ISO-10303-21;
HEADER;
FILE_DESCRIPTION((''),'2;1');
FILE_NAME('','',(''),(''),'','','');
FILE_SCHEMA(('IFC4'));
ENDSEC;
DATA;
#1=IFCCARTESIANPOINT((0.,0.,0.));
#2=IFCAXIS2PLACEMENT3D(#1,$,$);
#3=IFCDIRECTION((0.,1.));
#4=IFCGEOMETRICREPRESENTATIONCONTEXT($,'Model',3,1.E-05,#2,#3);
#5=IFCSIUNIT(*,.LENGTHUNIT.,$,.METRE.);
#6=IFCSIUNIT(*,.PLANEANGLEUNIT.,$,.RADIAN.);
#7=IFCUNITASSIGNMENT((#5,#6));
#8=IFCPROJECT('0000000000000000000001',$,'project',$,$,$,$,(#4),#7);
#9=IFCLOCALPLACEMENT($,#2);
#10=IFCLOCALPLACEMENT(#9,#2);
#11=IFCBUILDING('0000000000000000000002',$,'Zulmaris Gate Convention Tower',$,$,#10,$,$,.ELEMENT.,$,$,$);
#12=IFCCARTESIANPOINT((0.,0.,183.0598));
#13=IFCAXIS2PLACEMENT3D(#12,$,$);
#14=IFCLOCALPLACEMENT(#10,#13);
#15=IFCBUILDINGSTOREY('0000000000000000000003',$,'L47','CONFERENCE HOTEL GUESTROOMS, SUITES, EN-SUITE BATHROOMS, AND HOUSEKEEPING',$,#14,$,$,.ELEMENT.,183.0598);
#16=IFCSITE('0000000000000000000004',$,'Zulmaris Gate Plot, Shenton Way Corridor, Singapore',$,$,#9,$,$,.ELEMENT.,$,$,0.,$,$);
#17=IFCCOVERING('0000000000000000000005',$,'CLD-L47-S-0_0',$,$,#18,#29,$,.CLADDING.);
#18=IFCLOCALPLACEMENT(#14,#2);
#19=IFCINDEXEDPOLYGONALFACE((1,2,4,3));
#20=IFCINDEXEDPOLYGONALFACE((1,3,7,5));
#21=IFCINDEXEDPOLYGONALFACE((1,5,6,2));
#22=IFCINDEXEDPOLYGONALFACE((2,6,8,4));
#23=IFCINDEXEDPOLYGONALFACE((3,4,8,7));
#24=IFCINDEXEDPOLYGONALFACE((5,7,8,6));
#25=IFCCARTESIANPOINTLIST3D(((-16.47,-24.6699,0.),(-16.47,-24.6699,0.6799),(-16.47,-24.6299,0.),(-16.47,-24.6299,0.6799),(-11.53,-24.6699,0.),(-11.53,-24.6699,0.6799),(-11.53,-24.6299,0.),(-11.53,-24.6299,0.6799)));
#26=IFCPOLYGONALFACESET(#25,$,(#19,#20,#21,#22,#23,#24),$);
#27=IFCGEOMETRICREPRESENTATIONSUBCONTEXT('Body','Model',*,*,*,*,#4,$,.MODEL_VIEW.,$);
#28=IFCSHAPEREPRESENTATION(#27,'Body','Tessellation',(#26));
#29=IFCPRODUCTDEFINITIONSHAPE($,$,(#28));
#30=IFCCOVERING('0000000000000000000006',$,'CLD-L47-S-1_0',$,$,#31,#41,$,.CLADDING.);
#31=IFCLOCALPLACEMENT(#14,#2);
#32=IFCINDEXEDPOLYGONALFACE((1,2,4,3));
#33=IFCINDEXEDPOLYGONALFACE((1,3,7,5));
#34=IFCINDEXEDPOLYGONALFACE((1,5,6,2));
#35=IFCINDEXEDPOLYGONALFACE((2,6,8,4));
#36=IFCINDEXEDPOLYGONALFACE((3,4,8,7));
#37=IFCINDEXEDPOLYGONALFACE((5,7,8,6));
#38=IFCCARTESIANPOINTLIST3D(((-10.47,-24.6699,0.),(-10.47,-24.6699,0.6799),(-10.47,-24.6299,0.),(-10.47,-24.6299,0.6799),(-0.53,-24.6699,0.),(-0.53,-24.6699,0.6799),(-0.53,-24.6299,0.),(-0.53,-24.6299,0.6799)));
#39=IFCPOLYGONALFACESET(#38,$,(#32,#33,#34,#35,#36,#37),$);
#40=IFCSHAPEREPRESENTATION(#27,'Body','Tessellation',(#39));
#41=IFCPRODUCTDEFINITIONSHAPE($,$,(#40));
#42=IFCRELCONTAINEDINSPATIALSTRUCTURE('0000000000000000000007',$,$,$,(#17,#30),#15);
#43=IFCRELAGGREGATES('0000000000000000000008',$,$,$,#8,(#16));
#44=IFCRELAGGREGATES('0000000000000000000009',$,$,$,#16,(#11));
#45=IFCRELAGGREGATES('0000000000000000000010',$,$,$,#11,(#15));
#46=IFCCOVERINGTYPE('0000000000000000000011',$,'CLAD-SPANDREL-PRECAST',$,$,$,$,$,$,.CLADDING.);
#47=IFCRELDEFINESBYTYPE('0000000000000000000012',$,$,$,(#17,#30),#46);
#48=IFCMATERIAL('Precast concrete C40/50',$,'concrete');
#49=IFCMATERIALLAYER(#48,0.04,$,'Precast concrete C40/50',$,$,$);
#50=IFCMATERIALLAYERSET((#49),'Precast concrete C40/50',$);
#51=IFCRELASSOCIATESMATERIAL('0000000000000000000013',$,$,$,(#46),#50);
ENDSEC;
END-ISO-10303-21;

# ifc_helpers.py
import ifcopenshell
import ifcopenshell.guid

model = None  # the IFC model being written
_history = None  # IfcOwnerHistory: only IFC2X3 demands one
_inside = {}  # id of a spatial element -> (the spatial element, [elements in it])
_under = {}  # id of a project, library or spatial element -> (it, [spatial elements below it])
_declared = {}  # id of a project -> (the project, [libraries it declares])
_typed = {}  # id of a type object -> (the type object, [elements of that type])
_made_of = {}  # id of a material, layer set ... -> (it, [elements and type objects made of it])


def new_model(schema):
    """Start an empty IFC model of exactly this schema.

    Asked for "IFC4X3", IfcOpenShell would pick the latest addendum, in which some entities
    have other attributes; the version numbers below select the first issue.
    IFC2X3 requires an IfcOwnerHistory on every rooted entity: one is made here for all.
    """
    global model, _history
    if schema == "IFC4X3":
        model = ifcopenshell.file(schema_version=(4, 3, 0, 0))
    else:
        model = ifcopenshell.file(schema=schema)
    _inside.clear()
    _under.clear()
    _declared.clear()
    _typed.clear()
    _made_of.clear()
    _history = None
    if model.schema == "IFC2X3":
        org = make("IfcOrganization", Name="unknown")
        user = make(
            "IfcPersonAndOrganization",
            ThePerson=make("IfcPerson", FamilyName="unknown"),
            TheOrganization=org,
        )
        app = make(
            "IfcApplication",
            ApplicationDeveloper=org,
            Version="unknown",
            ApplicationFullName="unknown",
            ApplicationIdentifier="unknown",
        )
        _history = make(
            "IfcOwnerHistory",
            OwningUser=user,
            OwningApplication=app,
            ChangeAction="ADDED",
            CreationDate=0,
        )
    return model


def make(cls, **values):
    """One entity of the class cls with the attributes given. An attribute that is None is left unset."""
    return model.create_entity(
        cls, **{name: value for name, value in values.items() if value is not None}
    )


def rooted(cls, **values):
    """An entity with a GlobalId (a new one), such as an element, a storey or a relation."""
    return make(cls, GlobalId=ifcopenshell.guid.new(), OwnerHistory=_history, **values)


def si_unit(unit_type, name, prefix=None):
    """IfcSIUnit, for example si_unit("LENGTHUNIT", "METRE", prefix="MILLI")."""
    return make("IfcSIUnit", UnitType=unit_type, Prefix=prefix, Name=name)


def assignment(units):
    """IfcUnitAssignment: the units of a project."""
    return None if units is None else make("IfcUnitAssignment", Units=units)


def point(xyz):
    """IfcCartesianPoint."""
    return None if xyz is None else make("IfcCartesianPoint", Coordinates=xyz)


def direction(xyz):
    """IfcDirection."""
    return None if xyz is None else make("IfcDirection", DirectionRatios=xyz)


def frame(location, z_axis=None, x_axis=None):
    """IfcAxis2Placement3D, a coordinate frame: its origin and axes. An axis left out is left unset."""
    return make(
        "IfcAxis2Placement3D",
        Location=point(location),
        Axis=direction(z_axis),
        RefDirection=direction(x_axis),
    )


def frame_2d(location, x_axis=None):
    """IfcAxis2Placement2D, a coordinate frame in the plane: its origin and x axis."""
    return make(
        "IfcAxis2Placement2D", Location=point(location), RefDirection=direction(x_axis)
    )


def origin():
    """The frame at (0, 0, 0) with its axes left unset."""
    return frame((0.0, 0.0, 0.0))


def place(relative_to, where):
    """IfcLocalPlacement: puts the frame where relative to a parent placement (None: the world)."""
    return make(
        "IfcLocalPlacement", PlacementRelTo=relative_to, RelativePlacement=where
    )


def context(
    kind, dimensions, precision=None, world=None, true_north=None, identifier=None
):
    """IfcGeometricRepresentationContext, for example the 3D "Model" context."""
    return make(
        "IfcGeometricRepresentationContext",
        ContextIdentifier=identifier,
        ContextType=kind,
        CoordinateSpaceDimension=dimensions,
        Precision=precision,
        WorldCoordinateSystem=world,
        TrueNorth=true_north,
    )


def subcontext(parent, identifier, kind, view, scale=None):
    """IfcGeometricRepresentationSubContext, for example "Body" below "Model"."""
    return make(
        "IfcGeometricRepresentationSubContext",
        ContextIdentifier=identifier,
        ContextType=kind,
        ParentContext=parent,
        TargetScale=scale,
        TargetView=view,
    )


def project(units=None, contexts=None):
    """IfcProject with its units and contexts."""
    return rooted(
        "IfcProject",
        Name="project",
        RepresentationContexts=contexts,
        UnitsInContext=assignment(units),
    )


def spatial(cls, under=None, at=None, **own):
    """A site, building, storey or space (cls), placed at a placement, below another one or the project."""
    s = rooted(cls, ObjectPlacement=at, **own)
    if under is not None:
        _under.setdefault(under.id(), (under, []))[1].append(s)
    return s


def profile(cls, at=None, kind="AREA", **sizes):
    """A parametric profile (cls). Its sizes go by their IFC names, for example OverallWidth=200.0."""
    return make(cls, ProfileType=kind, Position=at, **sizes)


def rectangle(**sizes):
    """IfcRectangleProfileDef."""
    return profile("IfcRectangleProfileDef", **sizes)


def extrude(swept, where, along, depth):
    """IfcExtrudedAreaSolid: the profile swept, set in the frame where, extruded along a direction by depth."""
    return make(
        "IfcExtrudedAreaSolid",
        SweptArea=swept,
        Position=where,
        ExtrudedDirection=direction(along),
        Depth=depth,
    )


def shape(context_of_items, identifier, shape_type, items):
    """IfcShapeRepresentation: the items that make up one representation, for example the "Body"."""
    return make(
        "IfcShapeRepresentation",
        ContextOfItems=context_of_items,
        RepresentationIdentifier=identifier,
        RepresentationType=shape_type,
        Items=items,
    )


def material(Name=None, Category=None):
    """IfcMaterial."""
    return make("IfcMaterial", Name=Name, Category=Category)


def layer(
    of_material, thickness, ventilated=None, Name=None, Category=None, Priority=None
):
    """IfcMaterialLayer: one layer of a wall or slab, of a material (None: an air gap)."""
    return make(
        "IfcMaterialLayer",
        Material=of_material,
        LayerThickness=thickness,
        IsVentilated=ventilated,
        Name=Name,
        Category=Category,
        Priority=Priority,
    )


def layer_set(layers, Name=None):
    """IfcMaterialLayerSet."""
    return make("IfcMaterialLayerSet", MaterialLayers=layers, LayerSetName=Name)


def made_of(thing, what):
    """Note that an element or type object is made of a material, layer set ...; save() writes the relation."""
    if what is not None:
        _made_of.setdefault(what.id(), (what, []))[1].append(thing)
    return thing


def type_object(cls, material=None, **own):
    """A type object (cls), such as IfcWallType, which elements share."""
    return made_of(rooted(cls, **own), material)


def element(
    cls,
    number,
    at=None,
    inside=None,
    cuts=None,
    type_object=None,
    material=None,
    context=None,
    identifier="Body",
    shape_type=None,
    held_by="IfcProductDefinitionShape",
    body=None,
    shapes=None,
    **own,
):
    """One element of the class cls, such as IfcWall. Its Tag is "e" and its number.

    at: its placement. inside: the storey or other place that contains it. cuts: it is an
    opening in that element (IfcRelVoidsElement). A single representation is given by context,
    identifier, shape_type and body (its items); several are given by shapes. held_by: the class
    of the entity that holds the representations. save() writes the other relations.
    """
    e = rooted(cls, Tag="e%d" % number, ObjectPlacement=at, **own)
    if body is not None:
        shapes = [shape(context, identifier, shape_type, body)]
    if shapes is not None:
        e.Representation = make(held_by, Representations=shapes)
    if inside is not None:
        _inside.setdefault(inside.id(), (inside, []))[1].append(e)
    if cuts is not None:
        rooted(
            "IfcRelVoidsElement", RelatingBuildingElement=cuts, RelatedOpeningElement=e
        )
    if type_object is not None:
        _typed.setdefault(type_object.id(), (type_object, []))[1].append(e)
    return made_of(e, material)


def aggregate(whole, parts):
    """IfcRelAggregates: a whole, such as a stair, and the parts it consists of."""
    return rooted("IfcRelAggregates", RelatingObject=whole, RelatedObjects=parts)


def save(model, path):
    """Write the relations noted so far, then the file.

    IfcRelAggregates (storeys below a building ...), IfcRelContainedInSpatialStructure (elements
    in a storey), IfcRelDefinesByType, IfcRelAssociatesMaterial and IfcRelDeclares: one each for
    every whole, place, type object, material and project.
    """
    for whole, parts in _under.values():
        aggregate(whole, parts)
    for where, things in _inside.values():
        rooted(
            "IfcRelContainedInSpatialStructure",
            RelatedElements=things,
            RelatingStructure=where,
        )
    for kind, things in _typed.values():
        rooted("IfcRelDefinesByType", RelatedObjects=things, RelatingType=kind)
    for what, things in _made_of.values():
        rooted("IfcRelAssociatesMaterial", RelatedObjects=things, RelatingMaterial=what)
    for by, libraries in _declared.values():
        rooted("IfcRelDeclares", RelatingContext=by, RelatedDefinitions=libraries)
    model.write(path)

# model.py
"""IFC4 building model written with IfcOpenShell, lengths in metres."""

from ifc_helpers import new_model, si_unit, direction, frame, frame_2d, origin, place, context, subcontext, project, spatial, rectangle, extrude, material, layer, layer_set, type_object, element, save


model = new_model("IFC4")

# Units and contexts
model_context = context("Model", 3, precision=1e-05, world=origin(), true_north=direction((0.0, 1.0)))
body_context = subcontext(model_context, "Body", "Model", "MODEL_VIEW")
ifc_project = project(units=[si_unit("LENGTHUNIT", "METRE"), si_unit("PLANEANGLEUNIT", "RADIAN")], contexts=[model_context])

# Site, building, storey
site_placement = place(None, origin())
site = spatial("IfcSite", under=ifc_project, at=site_placement, Name="Zulmaris Gate Plot, Shenton Way Corridor, Singapore", CompositionType="ELEMENT", RefElevation=0.0)
building_placement = place(site_placement, origin())
building = spatial("IfcBuilding", under=site, at=building_placement, Name="Zulmaris Gate Convention Tower", CompositionType="ELEMENT")
storey_placement = place(building_placement, frame((0.0, 0.0, 183.0598)))
storey = spatial("IfcBuildingStorey", under=building, at=storey_placement, Name="L47", Description="CONFERENCE HOTEL GUESTROOMS, SUITES, EN-SUITE BATHROOMS, AND HOUSEKEEPING", CompositionType="ELEMENT", Elevation=183.0598)

# Shared definitions
ifc_material_1 = material(Name="Precast concrete C40/50", Category="concrete")

# Coverings
ifc_layer_1 = layer(ifc_material_1, 0.04, Name="Precast concrete C40/50")
ifc_layer_set_1 = layer_set([ifc_layer_1], Name="Precast concrete C40/50")
covering_type = type_object("IfcCoveringType", Name="CLAD-SPANDREL-PRECAST", PredefinedType="CLADDING", material=ifc_layer_set_1)
covering_1_placement = place(storey_placement, frame((-16.47, -24.6499, 0.0), z_axis=(0.0, 0.0, 1.0), x_axis=(1.0, 0.0, 0.0)))
element("IfcCovering", 1, at=covering_1_placement, inside=storey, type_object=covering_type, Name="CLD-L47-S-0_0", PredefinedType="CLADDING", context=body_context, shape_type="SweptSolid", body=[
    extrude(rectangle(XDim=4.9399, YDim=0.04, at=frame_2d((2.47, 0.0))), origin(), (0.0, 0.0, 1.0), 0.6799),
])
covering_2_placement = place(storey_placement, frame((-10.47, -24.6499, 0.0), z_axis=(0.0, 0.0, 1.0), x_axis=(1.0, 0.0, 0.0)))
element("IfcCovering", 2, at=covering_2_placement, inside=storey, type_object=covering_type, Name="CLD-L47-S-1_0", PredefinedType="CLADDING", context=body_context, shape_type="SweptSolid", body=[
    extrude(rectangle(XDim=9.9399, YDim=0.04, at=frame_2d((4.97, 0.0))), origin(), (0.0, 0.0, 1.0), 0.6799),
])

save(model, "model.ifc")
